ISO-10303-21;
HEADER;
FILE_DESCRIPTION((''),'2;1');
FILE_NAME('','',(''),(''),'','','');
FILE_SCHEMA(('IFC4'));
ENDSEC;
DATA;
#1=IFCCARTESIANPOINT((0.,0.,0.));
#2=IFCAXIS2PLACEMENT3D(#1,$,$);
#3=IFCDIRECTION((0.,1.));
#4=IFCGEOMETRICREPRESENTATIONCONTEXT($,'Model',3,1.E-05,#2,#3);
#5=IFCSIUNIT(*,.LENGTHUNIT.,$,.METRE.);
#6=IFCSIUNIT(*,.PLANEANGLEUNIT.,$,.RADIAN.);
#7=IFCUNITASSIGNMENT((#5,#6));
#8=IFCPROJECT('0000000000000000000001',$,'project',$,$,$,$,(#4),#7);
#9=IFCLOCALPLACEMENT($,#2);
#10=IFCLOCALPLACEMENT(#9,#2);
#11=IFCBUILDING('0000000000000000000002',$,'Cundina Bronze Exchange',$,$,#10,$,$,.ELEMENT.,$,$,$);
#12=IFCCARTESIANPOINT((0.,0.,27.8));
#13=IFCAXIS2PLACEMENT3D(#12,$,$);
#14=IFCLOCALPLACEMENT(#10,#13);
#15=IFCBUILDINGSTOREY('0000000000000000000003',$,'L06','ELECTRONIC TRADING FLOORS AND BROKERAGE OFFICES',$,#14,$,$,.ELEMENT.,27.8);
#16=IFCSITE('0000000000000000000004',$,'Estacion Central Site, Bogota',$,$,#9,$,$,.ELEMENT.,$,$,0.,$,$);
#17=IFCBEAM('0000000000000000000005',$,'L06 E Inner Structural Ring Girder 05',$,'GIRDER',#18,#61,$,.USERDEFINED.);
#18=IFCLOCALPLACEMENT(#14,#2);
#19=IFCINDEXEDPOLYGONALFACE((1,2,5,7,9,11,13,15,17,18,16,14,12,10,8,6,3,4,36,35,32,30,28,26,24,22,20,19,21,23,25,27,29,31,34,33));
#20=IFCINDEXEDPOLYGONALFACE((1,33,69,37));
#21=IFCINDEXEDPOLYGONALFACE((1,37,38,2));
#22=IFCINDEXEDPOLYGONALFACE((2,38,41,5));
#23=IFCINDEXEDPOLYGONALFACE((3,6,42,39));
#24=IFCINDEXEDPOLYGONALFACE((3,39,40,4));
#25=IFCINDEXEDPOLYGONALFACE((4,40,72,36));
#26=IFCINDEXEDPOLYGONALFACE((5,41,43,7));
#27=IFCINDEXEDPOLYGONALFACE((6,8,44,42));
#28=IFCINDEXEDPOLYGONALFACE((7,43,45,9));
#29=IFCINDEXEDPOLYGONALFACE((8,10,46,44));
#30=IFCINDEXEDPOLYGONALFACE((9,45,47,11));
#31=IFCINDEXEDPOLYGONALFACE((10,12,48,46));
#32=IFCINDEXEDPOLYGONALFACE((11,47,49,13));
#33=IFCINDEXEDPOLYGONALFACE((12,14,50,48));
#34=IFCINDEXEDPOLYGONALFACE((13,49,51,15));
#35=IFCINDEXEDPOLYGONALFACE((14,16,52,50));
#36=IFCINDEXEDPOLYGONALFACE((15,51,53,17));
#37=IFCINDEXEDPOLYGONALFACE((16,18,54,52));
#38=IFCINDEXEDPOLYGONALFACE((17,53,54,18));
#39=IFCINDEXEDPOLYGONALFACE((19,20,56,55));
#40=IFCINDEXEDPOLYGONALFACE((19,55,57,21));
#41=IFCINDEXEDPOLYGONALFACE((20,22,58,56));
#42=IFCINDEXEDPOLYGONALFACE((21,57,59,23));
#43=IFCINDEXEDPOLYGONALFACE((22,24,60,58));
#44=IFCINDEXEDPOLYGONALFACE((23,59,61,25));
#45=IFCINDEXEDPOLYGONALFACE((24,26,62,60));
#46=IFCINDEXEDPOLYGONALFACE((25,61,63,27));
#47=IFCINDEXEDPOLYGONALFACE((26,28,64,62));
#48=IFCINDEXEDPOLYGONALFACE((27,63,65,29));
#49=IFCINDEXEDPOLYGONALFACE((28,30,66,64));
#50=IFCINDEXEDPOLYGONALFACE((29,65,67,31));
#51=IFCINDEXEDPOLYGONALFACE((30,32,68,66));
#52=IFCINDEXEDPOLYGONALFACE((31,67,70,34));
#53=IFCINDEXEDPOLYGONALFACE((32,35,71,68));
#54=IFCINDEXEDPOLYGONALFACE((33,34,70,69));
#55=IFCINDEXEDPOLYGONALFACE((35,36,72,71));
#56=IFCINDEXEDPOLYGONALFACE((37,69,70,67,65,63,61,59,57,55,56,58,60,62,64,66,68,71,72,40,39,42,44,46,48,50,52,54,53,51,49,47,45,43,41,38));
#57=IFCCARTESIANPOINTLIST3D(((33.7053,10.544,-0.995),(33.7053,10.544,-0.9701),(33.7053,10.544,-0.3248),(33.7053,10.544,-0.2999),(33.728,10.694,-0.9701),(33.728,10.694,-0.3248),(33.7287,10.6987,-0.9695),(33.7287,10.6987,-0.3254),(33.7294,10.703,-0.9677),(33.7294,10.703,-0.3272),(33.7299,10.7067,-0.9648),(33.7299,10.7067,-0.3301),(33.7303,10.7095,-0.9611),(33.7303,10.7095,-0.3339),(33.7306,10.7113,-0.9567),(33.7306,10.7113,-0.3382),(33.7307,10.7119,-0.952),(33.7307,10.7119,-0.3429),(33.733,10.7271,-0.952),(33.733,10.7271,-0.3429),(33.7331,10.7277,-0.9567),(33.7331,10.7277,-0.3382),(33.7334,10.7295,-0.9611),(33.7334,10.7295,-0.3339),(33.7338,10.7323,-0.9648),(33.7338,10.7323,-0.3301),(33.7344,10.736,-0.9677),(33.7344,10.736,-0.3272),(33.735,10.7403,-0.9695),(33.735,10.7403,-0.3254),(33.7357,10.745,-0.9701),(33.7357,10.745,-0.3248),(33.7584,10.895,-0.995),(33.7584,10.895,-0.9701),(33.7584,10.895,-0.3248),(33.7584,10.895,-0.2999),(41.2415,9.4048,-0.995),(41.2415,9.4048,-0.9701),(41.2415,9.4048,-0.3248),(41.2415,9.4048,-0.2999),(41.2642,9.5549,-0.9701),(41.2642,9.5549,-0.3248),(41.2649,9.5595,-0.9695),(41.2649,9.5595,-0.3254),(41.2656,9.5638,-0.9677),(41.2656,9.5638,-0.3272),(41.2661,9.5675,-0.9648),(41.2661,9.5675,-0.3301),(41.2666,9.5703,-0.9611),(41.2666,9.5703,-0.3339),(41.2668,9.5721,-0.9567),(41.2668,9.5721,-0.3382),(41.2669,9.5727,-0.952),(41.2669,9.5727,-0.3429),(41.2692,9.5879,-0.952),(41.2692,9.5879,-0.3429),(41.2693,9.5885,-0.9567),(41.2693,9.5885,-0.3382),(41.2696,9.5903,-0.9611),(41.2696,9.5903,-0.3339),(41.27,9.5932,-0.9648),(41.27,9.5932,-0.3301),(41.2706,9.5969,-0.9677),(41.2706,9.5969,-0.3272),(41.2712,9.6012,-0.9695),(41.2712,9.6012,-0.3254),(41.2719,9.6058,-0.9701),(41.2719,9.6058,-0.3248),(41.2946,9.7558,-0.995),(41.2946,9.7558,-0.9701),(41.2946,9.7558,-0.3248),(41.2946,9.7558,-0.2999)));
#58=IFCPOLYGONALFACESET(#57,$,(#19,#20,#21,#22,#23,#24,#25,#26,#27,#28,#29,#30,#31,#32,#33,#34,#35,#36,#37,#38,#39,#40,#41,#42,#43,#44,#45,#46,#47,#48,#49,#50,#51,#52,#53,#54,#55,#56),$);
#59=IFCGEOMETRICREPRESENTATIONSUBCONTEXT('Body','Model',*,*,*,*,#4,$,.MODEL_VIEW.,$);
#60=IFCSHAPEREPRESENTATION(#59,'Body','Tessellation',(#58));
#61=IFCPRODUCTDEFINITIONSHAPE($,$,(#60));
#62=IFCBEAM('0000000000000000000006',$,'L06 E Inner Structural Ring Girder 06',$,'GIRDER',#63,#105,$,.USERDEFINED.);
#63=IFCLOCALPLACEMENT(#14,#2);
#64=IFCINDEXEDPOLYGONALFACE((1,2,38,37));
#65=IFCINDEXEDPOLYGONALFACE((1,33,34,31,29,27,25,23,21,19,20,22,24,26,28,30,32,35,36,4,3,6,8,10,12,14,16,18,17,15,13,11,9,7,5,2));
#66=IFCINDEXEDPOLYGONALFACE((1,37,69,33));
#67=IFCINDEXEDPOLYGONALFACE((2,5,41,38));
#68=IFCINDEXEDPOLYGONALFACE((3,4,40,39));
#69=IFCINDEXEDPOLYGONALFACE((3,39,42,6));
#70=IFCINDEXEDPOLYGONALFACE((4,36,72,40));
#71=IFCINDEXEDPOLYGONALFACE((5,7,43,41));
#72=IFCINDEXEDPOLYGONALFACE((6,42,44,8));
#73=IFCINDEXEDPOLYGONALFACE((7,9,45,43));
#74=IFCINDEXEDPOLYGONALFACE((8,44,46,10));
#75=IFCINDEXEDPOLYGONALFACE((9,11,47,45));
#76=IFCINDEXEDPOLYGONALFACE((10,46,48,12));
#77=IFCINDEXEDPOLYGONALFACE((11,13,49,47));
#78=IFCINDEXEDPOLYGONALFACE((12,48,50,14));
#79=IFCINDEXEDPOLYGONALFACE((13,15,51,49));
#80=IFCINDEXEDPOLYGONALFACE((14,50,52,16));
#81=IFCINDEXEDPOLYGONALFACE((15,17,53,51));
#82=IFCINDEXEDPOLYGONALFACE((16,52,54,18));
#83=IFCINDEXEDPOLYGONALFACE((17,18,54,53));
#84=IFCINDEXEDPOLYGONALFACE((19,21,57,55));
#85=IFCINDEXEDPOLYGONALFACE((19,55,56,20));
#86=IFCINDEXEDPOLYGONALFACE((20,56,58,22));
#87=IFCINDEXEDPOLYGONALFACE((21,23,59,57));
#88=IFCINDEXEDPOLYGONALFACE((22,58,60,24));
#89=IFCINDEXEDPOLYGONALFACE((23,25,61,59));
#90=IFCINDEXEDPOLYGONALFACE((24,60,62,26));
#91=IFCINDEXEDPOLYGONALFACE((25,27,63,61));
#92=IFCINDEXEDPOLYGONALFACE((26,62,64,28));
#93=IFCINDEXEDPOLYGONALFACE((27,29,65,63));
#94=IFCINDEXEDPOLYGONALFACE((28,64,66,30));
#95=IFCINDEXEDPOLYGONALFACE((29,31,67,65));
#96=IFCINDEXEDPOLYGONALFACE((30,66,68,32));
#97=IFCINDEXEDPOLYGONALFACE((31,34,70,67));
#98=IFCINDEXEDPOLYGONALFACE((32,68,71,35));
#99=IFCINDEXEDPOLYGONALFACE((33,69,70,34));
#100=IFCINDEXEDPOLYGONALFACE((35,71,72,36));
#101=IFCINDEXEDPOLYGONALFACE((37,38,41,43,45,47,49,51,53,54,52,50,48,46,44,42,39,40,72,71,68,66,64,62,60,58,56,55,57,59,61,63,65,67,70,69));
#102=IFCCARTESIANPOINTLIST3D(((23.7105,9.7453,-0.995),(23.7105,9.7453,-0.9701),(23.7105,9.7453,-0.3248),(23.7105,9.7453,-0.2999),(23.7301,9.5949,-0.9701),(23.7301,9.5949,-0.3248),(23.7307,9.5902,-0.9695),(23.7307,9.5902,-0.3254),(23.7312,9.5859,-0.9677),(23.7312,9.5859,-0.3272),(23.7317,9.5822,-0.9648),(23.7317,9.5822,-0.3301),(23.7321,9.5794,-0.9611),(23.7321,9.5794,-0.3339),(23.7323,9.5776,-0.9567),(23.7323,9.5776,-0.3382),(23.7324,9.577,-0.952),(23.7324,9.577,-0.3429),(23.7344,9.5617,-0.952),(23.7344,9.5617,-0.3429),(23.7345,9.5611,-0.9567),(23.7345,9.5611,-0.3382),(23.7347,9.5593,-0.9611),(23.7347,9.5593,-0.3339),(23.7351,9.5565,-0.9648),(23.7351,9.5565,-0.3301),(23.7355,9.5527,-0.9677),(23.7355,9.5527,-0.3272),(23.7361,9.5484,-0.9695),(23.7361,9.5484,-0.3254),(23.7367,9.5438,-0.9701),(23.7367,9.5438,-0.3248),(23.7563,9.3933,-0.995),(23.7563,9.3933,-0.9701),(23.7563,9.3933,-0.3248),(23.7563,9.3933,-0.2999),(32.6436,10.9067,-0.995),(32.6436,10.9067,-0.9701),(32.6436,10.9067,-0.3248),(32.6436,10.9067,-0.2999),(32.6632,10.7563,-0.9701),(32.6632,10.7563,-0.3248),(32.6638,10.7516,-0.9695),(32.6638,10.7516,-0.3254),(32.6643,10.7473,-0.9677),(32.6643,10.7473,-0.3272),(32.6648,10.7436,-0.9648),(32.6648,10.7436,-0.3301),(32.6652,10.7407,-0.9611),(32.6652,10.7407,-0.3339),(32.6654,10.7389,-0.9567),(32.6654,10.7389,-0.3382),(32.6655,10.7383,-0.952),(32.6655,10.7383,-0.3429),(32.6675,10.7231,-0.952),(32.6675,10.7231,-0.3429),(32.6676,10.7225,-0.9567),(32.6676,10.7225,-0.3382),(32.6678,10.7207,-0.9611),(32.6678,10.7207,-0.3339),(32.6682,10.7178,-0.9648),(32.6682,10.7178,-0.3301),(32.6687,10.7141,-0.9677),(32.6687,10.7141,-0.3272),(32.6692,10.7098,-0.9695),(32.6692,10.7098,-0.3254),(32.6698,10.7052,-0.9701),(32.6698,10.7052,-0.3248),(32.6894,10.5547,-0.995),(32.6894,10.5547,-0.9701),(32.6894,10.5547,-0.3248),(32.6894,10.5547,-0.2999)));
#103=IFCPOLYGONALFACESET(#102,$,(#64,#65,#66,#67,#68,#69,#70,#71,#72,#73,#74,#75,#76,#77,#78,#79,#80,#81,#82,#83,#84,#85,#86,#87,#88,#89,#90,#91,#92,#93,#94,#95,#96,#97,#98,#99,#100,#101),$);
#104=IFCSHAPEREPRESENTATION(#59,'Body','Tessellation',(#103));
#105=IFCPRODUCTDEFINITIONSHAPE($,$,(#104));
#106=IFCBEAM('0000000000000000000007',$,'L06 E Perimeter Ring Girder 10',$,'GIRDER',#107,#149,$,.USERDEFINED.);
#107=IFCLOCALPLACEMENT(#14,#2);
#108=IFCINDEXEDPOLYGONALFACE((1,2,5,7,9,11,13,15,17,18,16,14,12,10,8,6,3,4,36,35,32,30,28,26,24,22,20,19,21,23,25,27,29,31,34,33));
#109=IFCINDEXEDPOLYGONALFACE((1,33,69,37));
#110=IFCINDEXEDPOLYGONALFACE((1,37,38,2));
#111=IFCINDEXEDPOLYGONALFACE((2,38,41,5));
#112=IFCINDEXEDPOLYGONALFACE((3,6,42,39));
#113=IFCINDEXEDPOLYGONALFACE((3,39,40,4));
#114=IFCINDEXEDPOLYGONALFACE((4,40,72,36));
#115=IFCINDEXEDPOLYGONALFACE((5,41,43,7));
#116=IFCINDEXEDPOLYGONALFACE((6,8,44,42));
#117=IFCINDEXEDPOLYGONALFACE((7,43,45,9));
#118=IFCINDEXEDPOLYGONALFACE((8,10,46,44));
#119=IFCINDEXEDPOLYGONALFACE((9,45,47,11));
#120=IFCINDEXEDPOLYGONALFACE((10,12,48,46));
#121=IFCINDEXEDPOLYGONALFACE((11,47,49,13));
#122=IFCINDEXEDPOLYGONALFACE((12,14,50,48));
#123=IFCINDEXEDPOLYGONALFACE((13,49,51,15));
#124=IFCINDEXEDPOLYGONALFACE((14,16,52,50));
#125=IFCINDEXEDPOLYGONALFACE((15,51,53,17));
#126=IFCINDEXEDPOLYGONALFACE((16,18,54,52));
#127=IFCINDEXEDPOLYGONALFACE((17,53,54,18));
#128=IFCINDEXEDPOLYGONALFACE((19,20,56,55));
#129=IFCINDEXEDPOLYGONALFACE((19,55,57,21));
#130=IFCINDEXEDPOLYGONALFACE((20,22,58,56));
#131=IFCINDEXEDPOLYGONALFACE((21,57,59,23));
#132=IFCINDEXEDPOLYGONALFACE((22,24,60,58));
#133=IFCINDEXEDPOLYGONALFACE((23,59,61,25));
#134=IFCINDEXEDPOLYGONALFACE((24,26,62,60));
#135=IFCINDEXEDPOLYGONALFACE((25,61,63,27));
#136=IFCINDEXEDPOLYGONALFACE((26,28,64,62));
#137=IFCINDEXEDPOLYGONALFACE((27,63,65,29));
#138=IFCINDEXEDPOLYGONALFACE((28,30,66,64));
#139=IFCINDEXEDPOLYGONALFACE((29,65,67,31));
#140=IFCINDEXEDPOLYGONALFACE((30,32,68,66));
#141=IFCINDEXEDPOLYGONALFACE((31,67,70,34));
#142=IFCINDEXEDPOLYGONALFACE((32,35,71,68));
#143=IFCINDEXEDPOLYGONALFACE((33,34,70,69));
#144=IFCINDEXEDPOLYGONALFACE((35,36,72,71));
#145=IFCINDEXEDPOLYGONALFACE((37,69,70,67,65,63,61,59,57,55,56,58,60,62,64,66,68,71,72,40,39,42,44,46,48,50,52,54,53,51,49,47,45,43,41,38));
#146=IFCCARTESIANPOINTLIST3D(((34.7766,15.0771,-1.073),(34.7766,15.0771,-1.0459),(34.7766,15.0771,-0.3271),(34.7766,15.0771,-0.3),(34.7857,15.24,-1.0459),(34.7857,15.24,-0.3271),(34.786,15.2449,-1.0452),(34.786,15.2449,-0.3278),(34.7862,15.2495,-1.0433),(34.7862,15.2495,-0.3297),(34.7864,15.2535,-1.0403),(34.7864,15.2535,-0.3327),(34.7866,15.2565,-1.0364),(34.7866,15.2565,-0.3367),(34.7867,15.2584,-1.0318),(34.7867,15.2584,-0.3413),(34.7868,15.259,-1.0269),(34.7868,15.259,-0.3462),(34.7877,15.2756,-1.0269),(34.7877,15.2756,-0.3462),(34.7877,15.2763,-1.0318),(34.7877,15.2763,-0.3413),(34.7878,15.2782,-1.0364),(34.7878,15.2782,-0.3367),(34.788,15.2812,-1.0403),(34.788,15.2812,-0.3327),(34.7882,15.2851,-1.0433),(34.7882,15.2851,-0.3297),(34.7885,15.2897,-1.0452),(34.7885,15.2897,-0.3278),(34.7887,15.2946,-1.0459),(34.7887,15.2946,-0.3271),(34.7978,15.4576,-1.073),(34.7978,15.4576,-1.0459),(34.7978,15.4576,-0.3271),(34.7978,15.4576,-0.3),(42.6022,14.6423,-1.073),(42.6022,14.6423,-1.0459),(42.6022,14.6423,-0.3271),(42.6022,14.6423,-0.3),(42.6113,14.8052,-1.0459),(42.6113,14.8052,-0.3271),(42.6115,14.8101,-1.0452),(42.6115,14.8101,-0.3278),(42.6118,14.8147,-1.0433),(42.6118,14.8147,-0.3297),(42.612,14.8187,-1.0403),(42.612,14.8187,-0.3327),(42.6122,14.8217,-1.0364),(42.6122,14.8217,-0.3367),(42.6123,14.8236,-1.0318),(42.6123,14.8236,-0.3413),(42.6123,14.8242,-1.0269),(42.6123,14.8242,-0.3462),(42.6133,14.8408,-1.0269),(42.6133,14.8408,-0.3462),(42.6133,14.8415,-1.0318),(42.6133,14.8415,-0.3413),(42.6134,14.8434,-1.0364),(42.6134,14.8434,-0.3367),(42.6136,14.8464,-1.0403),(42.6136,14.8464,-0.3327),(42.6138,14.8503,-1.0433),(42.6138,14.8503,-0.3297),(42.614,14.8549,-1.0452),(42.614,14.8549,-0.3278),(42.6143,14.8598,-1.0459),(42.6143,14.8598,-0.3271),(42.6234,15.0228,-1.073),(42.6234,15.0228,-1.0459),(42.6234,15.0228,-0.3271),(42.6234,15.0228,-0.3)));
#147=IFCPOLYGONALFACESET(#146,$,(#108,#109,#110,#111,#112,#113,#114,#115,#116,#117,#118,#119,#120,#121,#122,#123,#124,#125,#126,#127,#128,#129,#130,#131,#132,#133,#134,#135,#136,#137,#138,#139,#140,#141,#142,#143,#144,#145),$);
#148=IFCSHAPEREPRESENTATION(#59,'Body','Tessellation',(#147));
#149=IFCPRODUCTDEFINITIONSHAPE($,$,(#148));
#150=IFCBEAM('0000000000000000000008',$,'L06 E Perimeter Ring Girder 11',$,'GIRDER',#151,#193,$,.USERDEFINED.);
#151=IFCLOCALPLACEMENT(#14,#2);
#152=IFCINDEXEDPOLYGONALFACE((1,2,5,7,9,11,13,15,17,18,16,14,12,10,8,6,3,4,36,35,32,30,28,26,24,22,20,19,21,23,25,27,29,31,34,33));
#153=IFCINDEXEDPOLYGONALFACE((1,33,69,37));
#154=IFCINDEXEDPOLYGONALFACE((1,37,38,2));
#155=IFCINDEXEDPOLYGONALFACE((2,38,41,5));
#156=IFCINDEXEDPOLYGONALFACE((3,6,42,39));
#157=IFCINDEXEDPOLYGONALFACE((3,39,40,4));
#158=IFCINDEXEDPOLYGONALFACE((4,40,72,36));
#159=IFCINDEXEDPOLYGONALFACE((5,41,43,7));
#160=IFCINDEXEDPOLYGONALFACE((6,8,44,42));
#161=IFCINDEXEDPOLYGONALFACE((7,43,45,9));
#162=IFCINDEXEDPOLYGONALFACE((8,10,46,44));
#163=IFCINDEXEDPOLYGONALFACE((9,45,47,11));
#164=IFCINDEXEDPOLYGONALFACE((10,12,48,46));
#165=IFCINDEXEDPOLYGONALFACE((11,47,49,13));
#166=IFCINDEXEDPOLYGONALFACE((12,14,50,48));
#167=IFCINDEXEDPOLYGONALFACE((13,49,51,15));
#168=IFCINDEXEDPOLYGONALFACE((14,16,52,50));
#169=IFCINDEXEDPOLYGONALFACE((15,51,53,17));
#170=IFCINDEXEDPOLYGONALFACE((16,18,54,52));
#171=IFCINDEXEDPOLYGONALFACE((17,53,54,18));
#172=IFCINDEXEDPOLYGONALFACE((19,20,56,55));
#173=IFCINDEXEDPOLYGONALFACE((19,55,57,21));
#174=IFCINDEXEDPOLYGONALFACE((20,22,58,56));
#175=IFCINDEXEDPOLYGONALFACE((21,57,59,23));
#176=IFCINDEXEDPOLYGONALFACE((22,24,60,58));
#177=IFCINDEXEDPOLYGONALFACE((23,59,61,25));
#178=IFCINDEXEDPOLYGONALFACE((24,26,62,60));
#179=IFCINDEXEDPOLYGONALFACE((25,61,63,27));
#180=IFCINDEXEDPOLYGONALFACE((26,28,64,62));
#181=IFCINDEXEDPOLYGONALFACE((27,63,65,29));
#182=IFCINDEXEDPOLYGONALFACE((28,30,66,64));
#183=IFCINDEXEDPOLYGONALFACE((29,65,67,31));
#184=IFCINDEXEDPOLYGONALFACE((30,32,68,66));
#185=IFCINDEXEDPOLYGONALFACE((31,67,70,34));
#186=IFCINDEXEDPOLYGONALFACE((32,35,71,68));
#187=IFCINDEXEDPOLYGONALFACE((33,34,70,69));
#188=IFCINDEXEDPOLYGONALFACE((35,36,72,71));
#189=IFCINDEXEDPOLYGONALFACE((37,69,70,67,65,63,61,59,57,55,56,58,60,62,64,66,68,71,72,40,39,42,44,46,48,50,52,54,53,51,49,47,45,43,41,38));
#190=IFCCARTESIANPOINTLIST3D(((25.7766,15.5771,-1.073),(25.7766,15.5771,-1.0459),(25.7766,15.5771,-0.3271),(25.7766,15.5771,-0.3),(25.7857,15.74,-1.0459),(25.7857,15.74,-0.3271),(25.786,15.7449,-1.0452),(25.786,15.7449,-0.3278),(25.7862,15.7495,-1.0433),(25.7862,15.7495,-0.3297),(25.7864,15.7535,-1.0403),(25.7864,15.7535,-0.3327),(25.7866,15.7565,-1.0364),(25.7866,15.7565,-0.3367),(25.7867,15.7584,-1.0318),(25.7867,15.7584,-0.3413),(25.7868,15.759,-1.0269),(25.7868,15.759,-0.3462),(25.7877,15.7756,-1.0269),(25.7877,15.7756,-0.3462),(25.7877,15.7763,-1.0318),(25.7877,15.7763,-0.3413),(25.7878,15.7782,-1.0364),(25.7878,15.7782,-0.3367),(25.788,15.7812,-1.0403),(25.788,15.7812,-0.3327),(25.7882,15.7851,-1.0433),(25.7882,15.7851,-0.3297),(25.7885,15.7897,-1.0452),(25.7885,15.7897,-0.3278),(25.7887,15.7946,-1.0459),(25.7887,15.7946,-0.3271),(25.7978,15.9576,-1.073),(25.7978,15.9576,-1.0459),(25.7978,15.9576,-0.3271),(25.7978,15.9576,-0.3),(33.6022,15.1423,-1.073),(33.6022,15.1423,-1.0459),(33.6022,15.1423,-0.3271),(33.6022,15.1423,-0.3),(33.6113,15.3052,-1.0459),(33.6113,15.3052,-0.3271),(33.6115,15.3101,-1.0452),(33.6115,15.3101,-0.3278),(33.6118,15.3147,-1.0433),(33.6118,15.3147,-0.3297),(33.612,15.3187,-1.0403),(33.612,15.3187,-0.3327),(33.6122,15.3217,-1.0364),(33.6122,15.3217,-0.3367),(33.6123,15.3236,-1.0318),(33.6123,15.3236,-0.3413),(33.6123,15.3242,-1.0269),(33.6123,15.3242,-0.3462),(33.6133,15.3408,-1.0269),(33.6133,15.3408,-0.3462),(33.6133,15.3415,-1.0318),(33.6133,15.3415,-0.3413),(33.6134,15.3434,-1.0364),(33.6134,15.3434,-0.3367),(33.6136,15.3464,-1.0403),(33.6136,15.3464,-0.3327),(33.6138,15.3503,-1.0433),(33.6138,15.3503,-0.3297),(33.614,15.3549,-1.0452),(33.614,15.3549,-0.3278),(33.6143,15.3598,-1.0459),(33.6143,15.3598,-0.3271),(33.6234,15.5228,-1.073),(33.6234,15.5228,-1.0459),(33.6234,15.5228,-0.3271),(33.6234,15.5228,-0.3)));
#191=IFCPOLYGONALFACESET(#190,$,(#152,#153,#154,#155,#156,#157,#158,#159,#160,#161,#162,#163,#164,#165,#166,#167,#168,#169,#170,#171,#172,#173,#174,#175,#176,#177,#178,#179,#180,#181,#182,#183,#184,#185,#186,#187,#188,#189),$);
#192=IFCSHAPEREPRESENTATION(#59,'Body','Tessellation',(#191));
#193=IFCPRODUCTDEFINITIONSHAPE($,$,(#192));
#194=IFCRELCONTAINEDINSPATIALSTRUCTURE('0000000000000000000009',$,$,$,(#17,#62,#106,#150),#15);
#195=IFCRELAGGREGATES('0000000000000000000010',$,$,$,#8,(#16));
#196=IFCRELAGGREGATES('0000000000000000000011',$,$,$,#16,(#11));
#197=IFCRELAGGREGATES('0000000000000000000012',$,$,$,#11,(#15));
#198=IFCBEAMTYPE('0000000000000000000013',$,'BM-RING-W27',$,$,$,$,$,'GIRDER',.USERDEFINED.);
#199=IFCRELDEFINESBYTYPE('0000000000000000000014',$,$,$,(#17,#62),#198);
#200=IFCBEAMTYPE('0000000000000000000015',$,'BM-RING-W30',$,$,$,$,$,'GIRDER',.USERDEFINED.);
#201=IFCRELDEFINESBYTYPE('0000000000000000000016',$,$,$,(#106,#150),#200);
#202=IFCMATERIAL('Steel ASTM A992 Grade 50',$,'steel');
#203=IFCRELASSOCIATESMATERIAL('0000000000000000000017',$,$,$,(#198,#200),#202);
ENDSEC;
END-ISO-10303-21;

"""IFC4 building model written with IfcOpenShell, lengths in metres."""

from ifc_helpers import new_model, si_unit, direction, frame, origin, origin_2d, place, context, subcontext, project, spatial, i_section, extrude, material, material_profile, profile_set, type_object, element, save


model = new_model("IFC4")

# Units and contexts
model_context = context("Model", 3, precision=1e-05, world=origin(), true_north=direction((0.0, 1.0)))
body_context = subcontext(model_context, "Body", "Model", "MODEL_VIEW")
ifc_project = project(units=[si_unit("LENGTHUNIT", "METRE"), si_unit("PLANEANGLEUNIT", "RADIAN")], contexts=[model_context])

# Site, building, storey
site_placement = place(None, origin())
site = spatial("IfcSite", under=ifc_project, at=site_placement, Name="Estacion Central Site, Bogota", CompositionType="ELEMENT", RefElevation=0.0)
building_placement = place(site_placement, origin())
building = spatial("IfcBuilding", under=site, at=building_placement, Name="Cundina Bronze Exchange", CompositionType="ELEMENT")
storey_placement = place(building_placement, frame((0.0, 0.0, 27.8)))
storey = spatial("IfcBuildingStorey", under=building, at=storey_placement, Name="L06", Description="ELECTRONIC TRADING FLOORS AND BROKERAGE OFFICES", CompositionType="ELEMENT", Elevation=27.8)

# Beams
ifc_material_1 = material(Name="Steel ASTM A992 Grade 50", Category="steel")
ifc_material_profile_1 = material_profile(ifc_material_1, i_section(OverallWidth=0.355, OverallDepth=0.6951, WebThickness=0.0154, FlangeThickness=0.0249, FilletRadius=0.0181, at=origin_2d()), Name="W27X146", Category="steel")
ifc_profile_set_1 = profile_set([ifc_material_profile_1], Name="Steel ASTM A992 Grade 50")
beam_type_1 = type_object("IfcBeamType", Name="BM-RING-W27", ElementType="GIRDER", PredefinedType="USERDEFINED", material=ifc_profile_set_1)
beam_1_placement = place(storey_placement, frame((41.2681, 9.5803, -0.6475), z_axis=(-0.988767, 0.149462, 0.0), x_axis=(-0.149462, -0.988767, 0.0)))
element("IfcBeam", 1, at=beam_1_placement, inside=storey, type_object=beam_type_1, Name="L06 E Inner Structural Ring Girder 05", ObjectType="GIRDER", PredefinedType="USERDEFINED", context=body_context, shape_type="SweptSolid", body=[
    extrude(i_section(OverallWidth=0.355, OverallDepth=0.6951, WebThickness=0.0154, FlangeThickness=0.0249, FilletRadius=0.0181, at=origin_2d()), origin(), (0.0, 0.0, 1.0), 7.6218),
])
beam_2_placement = place(storey_placement, frame((32.6665, 10.7307, -0.6475), z_axis=(-0.991655, -0.128923, 0.0), x_axis=(0.128923, -0.991655, 0.0)))
element("IfcBeam", 2, at=beam_2_placement, inside=storey, type_object=beam_type_1, Name="L06 E Inner Structural Ring Girder 06", ObjectType="GIRDER", PredefinedType="USERDEFINED", context=body_context, shape_type="SweptSolid", body=[
    extrude(i_section(OverallWidth=0.355, OverallDepth=0.6951, WebThickness=0.0154, FlangeThickness=0.0249, FilletRadius=0.0181, at=origin_2d()), origin(), (0.0, 0.0, 1.0), 9.0083),
])
ifc_material_profile_2 = material_profile(ifc_material_1, i_section(OverallWidth=0.3811, OverallDepth=0.7729, WebThickness=0.0166, FlangeThickness=0.0271, FilletRadius=0.019, at=origin_2d()), Name="W30X173", Category="steel")
ifc_profile_set_2 = profile_set([ifc_material_profile_2], Name="Steel ASTM A992 Grade 50")
beam_type_2 = type_object("IfcBeamType", Name="BM-RING-W30", ElementType="GIRDER", PredefinedType="USERDEFINED", material=ifc_profile_set_2)
for number, where, z_axis, x_axis, name in (
    (3, (42.6128, 14.8325, -0.6865), (-0.99846, 0.055477, 0.0), (-0.055477, -0.99846, 0.0), "L06 E Perimeter Ring Girder 10"),
    (4, (33.6128, 15.3325, -0.6865), (-0.99846, 0.055477, 0.0), (-0.055477, -0.99846, 0.0), "L06 E Perimeter Ring Girder 11"),
):
    element("IfcBeam", number, at=place(storey_placement, frame(where, z_axis=z_axis, x_axis=x_axis)), inside=storey, type_object=beam_type_2, Name=name, ObjectType="GIRDER", PredefinedType="USERDEFINED", context=body_context, shape_type="SweptSolid", body=[
        extrude(i_section(OverallWidth=0.3811, OverallDepth=0.7729, WebThickness=0.0166, FlangeThickness=0.0271, FilletRadius=0.019, at=origin_2d()), origin(), (0.0, 0.0, 1.0), 7.8376),
    ])

save(model, "model.ifc")
